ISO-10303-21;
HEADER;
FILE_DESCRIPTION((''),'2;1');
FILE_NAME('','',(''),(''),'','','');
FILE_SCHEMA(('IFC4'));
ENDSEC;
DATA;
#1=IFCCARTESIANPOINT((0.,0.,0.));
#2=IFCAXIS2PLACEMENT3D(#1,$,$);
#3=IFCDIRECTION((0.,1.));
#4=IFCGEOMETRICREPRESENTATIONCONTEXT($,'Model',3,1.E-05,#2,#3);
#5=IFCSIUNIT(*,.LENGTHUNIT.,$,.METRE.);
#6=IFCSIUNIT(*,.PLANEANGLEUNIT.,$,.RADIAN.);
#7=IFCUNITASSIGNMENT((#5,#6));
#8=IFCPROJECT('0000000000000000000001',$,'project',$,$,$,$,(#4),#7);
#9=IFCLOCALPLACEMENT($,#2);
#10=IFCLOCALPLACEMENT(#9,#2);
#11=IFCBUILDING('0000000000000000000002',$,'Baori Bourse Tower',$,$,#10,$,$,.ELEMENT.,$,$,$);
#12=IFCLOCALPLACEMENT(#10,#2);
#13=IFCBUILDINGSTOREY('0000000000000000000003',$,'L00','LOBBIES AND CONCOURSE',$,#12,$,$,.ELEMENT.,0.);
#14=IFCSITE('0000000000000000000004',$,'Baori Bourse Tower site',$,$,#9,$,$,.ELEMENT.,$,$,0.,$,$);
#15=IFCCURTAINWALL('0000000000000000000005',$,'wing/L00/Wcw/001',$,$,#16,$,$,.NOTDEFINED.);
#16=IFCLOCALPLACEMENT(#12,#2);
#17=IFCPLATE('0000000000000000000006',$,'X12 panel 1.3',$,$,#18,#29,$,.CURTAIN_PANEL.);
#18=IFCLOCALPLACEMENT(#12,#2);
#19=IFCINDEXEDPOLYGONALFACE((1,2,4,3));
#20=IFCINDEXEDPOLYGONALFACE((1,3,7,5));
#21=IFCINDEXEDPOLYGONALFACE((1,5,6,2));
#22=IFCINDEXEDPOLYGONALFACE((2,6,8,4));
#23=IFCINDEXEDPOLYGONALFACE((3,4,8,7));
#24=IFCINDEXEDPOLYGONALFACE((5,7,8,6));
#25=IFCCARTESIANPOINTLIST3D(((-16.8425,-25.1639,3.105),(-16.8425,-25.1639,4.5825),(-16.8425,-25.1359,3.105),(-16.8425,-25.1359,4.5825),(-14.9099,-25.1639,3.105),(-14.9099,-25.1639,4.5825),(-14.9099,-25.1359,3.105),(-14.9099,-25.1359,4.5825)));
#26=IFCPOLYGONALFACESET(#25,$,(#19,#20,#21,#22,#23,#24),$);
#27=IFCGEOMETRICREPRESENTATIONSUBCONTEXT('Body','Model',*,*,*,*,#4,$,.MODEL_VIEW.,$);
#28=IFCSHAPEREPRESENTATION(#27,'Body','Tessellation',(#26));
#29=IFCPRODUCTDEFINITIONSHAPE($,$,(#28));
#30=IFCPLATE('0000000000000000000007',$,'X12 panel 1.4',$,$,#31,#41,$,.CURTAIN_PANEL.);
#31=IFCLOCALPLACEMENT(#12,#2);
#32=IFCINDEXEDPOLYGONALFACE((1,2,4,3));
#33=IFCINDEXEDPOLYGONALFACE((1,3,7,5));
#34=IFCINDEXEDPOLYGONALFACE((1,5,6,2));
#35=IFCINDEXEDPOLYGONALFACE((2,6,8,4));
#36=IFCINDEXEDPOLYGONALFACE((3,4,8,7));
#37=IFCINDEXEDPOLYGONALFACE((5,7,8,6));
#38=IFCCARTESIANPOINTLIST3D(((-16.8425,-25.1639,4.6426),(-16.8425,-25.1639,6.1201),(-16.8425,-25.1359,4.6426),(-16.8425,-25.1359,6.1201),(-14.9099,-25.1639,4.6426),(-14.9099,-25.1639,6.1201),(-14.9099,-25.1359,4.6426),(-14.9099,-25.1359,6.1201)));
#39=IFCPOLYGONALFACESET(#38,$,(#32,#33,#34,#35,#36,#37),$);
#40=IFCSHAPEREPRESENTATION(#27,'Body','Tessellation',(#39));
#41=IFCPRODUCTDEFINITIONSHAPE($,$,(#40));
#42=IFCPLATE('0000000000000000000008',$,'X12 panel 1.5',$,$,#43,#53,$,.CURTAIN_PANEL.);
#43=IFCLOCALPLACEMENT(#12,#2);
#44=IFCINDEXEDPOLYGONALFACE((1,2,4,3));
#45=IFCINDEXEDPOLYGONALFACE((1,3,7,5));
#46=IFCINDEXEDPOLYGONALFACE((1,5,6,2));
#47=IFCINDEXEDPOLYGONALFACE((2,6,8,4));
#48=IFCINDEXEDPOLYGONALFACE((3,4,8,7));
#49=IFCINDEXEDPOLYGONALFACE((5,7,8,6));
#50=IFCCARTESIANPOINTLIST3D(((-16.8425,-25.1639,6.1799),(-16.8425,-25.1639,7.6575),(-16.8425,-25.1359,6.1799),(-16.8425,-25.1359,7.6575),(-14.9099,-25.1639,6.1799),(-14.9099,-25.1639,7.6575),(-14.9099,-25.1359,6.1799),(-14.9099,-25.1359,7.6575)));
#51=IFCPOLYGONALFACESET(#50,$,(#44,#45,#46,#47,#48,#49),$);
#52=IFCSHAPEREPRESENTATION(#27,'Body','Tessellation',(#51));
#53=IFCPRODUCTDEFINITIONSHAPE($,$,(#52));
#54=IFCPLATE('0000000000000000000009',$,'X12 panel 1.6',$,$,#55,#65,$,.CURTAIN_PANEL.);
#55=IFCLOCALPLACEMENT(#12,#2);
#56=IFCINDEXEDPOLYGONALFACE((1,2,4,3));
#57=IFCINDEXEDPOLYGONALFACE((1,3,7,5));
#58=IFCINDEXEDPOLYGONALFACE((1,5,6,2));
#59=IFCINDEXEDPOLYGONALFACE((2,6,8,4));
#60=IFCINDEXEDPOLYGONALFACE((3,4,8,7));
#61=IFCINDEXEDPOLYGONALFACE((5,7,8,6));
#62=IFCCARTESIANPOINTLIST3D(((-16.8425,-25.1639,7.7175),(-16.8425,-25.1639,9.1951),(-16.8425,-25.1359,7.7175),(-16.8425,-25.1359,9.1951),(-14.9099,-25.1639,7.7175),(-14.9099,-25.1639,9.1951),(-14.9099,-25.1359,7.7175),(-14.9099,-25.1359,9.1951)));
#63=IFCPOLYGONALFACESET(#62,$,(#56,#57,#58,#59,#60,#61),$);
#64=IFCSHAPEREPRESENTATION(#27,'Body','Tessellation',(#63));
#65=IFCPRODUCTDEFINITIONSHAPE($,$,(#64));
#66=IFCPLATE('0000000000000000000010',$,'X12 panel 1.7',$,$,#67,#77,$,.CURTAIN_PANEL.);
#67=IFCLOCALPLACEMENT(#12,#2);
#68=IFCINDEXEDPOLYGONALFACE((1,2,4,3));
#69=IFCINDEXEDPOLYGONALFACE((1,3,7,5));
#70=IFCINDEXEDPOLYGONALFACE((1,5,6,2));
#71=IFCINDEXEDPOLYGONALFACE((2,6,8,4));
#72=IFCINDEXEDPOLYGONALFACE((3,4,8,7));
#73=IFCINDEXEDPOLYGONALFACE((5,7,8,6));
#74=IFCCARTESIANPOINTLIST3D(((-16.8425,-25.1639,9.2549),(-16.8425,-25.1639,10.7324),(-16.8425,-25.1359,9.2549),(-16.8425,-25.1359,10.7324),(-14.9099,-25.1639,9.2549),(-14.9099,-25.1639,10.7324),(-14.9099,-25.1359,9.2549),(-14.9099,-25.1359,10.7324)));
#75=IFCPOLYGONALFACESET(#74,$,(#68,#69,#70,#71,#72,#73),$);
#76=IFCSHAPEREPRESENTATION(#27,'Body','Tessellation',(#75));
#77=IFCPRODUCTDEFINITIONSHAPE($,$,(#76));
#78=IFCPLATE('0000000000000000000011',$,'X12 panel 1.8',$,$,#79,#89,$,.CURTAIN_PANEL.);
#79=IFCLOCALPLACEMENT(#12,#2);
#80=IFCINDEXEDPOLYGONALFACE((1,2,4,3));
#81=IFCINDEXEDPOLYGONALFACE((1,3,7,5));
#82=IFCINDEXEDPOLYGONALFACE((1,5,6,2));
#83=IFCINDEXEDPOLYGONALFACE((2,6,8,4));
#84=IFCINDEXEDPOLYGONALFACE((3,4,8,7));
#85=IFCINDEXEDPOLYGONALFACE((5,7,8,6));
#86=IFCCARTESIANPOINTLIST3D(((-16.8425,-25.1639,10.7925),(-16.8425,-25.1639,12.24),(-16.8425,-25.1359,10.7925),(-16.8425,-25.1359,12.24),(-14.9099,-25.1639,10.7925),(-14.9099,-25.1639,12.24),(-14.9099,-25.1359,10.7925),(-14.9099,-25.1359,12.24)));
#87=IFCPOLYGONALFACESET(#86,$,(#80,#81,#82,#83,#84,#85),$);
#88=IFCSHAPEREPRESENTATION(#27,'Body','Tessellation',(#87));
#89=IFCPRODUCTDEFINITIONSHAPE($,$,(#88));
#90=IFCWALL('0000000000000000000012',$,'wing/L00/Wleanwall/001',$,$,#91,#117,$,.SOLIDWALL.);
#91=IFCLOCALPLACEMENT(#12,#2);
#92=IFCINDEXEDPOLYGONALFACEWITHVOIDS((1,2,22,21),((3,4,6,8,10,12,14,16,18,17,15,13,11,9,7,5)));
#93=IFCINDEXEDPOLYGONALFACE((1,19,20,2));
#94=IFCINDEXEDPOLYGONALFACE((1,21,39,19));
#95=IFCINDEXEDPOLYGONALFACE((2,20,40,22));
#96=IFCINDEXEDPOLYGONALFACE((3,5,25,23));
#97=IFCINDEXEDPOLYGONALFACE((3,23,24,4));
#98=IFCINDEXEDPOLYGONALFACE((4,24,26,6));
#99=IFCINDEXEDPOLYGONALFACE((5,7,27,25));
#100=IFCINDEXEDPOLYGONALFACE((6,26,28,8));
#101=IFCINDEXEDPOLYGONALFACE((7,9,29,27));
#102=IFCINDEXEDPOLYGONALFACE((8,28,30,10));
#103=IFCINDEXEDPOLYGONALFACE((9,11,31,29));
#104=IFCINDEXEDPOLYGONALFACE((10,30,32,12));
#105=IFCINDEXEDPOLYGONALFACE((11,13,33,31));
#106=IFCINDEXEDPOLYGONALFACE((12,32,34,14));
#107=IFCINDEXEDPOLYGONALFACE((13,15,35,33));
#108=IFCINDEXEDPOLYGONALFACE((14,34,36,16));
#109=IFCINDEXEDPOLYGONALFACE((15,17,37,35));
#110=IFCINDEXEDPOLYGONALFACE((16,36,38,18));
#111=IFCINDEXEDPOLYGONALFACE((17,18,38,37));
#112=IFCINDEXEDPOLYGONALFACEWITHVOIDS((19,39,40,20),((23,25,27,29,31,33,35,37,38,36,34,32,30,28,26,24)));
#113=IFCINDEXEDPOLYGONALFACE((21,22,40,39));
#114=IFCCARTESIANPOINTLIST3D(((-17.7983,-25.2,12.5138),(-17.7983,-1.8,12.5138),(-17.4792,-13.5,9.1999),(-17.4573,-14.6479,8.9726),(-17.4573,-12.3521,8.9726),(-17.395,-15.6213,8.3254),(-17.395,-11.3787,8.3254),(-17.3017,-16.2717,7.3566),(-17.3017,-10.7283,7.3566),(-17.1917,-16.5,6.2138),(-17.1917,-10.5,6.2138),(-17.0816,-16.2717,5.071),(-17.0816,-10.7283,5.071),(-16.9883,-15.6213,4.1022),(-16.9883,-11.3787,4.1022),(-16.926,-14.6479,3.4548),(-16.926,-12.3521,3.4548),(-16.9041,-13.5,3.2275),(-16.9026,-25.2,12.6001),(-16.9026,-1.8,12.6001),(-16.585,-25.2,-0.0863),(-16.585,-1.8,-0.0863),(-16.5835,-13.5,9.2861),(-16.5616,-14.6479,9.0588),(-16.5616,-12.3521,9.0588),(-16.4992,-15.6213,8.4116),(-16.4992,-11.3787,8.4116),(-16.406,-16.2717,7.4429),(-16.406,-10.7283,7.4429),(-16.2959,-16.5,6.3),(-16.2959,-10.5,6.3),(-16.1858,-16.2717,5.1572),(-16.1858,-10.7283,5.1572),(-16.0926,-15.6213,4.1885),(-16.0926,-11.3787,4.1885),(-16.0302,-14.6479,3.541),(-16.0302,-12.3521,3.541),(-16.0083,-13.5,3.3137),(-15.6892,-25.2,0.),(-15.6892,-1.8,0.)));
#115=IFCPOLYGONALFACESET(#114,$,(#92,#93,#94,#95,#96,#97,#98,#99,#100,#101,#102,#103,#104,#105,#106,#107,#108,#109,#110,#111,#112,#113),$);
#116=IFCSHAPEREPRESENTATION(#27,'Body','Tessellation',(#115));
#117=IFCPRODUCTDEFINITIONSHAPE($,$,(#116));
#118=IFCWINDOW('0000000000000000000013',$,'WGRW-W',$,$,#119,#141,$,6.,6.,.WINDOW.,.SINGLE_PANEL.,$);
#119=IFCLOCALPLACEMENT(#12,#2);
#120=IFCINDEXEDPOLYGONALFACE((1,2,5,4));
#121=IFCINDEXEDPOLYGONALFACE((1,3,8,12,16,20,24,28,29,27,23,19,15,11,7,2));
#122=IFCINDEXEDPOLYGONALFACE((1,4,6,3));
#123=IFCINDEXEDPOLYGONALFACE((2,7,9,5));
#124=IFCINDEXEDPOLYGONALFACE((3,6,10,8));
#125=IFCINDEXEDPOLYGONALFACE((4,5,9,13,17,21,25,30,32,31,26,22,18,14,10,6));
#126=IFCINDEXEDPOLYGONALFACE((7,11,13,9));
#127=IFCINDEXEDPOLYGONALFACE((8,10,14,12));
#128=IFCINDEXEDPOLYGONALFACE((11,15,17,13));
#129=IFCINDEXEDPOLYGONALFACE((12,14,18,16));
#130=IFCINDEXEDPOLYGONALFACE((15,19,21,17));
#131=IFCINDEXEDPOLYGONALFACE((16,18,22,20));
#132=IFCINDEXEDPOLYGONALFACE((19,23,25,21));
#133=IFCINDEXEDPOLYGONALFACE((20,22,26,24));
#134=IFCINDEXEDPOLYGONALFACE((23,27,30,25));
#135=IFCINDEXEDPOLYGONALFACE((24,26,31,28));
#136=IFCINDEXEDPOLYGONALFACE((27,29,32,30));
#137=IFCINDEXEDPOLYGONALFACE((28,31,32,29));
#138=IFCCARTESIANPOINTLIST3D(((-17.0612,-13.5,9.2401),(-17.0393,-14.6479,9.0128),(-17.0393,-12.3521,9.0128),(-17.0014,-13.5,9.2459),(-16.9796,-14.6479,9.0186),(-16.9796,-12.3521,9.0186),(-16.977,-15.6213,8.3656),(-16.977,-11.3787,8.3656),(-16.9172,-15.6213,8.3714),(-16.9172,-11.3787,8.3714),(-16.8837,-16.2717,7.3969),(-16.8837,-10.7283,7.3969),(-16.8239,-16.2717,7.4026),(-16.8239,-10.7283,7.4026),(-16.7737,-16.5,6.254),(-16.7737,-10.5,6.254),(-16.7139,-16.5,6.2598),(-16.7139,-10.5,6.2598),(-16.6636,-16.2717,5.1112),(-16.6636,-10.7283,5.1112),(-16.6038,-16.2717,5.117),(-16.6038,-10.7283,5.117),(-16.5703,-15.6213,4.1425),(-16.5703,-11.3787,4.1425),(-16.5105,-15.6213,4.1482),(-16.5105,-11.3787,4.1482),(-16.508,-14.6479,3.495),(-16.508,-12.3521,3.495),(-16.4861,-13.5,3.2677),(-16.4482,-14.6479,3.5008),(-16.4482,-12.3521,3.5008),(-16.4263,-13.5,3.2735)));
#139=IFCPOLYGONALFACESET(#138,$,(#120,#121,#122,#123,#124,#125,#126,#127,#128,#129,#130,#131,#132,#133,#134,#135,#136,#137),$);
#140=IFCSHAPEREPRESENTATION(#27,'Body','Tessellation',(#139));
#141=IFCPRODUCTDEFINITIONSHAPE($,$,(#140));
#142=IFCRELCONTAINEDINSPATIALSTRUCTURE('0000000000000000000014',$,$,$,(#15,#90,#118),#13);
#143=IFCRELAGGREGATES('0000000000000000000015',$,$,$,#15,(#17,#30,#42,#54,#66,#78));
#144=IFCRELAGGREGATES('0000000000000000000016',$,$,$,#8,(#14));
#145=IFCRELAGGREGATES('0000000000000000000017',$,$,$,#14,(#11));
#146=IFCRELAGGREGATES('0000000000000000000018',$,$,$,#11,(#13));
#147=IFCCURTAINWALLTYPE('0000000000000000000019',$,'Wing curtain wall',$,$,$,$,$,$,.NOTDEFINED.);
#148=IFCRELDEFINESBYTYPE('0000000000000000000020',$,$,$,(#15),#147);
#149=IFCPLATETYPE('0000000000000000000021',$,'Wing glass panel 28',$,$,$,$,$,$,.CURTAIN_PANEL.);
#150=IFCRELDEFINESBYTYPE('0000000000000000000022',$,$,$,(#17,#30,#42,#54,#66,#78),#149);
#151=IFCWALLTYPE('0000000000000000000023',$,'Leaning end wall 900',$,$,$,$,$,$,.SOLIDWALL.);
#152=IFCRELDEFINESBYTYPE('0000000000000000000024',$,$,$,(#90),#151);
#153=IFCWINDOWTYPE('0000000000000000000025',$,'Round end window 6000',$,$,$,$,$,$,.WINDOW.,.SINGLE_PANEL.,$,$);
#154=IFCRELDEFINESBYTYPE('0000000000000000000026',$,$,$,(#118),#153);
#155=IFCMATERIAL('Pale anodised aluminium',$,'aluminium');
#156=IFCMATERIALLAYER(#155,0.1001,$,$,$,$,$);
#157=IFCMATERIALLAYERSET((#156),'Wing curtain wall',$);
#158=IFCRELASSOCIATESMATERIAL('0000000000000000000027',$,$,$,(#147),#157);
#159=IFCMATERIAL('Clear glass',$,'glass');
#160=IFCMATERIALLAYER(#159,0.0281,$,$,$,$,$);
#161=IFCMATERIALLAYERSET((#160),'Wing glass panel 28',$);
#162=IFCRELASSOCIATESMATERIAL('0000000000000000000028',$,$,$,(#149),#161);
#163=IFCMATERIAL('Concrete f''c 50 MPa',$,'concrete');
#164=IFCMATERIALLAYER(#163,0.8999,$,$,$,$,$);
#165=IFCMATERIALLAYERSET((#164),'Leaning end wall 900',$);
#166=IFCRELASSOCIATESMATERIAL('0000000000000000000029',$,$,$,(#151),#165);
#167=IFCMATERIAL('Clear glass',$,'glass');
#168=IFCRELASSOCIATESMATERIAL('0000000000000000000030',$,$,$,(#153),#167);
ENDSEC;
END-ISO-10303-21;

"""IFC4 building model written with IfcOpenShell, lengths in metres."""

from ifc_helpers import new_model, si_unit, direction, frame, origin, origin_2d, place, context, subcontext, project, spatial, polyline, rectangle, outline, extrude, material, layer, layer_set, type_object, element, fill, aggregate, save


model = new_model("IFC4")

# Units and contexts
model_context = context("Model", 3, precision=1e-05, world=origin(), true_north=direction((0.0, 1.0)))
body_context = subcontext(model_context, "Body", "Model", "MODEL_VIEW")
ifc_project = project(units=[si_unit("LENGTHUNIT", "METRE"), si_unit("PLANEANGLEUNIT", "RADIAN")], contexts=[model_context])

# Site, building, storey
site_placement = place(None, origin())
site = spatial("IfcSite", under=ifc_project, at=site_placement, Name="Baori Bourse Tower site", CompositionType="ELEMENT", RefElevation=0.0)
building_placement = place(site_placement, origin())
building = spatial("IfcBuilding", under=site, at=building_placement, Name="Baori Bourse Tower", CompositionType="ELEMENT")
storey_placement = place(building_placement, origin())
storey = spatial("IfcBuildingStorey", under=building, at=storey_placement, Name="L00", Description="LOBBIES AND CONCOURSE", CompositionType="ELEMENT", Elevation=0.0)

# Curtain wall
ifc_material_1 = material(Name="Pale anodised aluminium", Category="aluminium")
ifc_layer_1 = layer(ifc_material_1, 0.1001)
ifc_layer_set_1 = layer_set([ifc_layer_1], Name="Wing curtain wall")
curtain_wall_type = type_object("IfcCurtainWallType", Name="Wing curtain wall", PredefinedType="NOTDEFINED", material=ifc_layer_set_1)
curtain_wall_1_placement = place(storey_placement, origin())
curtain_wall_1 = element("IfcCurtainWall", 1, at=curtain_wall_1_placement, inside=storey, type_object=curtain_wall_type, Name="wing/L00/Wcw/001", PredefinedType="NOTDEFINED")

# Plates
ifc_material_2 = material(Name="Clear glass", Category="glass")
ifc_layer_2 = layer(ifc_material_2, 0.0281)
ifc_layer_set_2 = layer_set([ifc_layer_2], Name="Wing glass panel 28")
plate_type = type_object("IfcPlateType", Name="Wing glass panel 28", PredefinedType="CURTAIN_PANEL", material=ifc_layer_set_2)
plate_1_placement = place(storey_placement, frame((-15.8762, -25.1499, 3.105), z_axis=(0.0, 0.0, 1.0), x_axis=(1.0, 0.0, 0.0)))
plate_1 = element("IfcPlate", 2, at=plate_1_placement, type_object=plate_type, Name="X12 panel 1.3", PredefinedType="CURTAIN_PANEL", context=body_context, shape_type="SweptSolid", body=[
    extrude(rectangle(XDim=1.9326, YDim=0.0281, at=origin_2d()), origin(), (0.0, 0.0, 1.0), 1.4775),
])
plate_2_placement = place(storey_placement, frame((-15.8762, -25.1499, 4.6426), z_axis=(0.0, 0.0, 1.0), x_axis=(1.0, 0.0, 0.0)))
plate_2 = element("IfcPlate", 3, at=plate_2_placement, type_object=plate_type, Name="X12 panel 1.4", PredefinedType="CURTAIN_PANEL", context=body_context, shape_type="SweptSolid", body=[
    extrude(rectangle(XDim=1.9326, YDim=0.0281, at=origin_2d()), origin(), (0.0, 0.0, 1.0), 1.4775),
])
plate_3_placement = place(storey_placement, frame((-15.8762, -25.1499, 6.1799), z_axis=(0.0, 0.0, 1.0), x_axis=(1.0, 0.0, 0.0)))
plate_3 = element("IfcPlate", 4, at=plate_3_placement, type_object=plate_type, Name="X12 panel 1.5", PredefinedType="CURTAIN_PANEL", context=body_context, shape_type="SweptSolid", body=[
    extrude(rectangle(XDim=1.9326, YDim=0.0281, at=origin_2d()), origin(), (0.0, 0.0, 1.0), 1.4775),
])
plate_4_placement = place(storey_placement, frame((-15.8762, -25.1499, 7.7175), z_axis=(0.0, 0.0, 1.0), x_axis=(1.0, 0.0, 0.0)))
plate_4 = element("IfcPlate", 5, at=plate_4_placement, type_object=plate_type, Name="X12 panel 1.6", PredefinedType="CURTAIN_PANEL", context=body_context, shape_type="SweptSolid", body=[
    extrude(rectangle(XDim=1.9326, YDim=0.0281, at=origin_2d()), origin(), (0.0, 0.0, 1.0), 1.4775),
])
plate_5_placement = place(storey_placement, frame((-15.8762, -25.1499, 9.2549), z_axis=(0.0, 0.0, 1.0), x_axis=(1.0, 0.0, 0.0)))
plate_5 = element("IfcPlate", 6, at=plate_5_placement, type_object=plate_type, Name="X12 panel 1.7", PredefinedType="CURTAIN_PANEL", context=body_context, shape_type="SweptSolid", body=[
    extrude(rectangle(XDim=1.9326, YDim=0.0281, at=origin_2d()), origin(), (0.0, 0.0, 1.0), 1.4775),
])
plate_6_placement = place(storey_placement, frame((-15.8762, -25.1499, 10.7925), z_axis=(0.0, 0.0, 1.0), x_axis=(1.0, 0.0, 0.0)))
plate_6 = element("IfcPlate", 7, at=plate_6_placement, type_object=plate_type, Name="X12 panel 1.8", PredefinedType="CURTAIN_PANEL", context=body_context, shape_type="SweptSolid", body=[
    extrude(rectangle(XDim=1.9326, YDim=0.0281, at=origin_2d()), origin(), (0.0, 0.0, 1.0), 1.4475),
])
aggregate(curtain_wall_1, [plate_1, plate_2, plate_3, plate_4, plate_5, plate_6])

# Wall, opening, window
ifc_material_3 = material(Name="Concrete f'c 50 MPa", Category="concrete")
ifc_layer_3 = layer(ifc_material_3, 0.8999)
ifc_layer_set_3 = layer_set([ifc_layer_3], Name="Leaning end wall 900")
wall_type = type_object("IfcWallType", Name="Leaning end wall 900", PredefinedType="SOLIDWALL", material=ifc_layer_set_3)
wall_placement = place(storey_placement, frame((-15.6892, -25.2, 0.0), z_axis=(0.995395, 0.0, 0.095856), x_axis=(0.0, 1.0, 0.0)))
wall = element("IfcWall", 8, at=wall_placement, inside=storey, type_object=wall_type, Name="wing/L00/Wleanwall/001", PredefinedType="SOLIDWALL", context=body_context, shape_type="SweptSolid", body=[
    extrude(outline(polyline([(0.0, 0.0), (23.3999, 0.0), (23.3999, 12.6584), (0.0, 12.6584), (0.0, 0.0)])), origin(), (0.0, 0.0, -1.0), 0.8999),
])
opening_placement = place(wall_placement, frame((0.0, 0.0, 0.01)))
opening = element("IfcOpeningElement", 9, at=opening_placement, cuts=wall, PredefinedType="OPENING", context=body_context, shape_type="SweptSolid", body=[
    extrude(outline(polyline([(14.7, 6.3292), (14.4717, 7.4773), (13.8213, 8.4505), (12.8479, 9.1007), (11.7, 9.3291), (10.552, 9.1007), (9.5786, 8.4505), (8.9282, 7.4773), (8.7, 6.3292), (8.9282, 5.1811), (9.5786, 4.2079), (10.552, 3.5574), (11.7, 3.329), (12.8479, 3.5574), (13.8213, 4.2079), (14.4717, 5.1811), (14.7, 6.3292)])), origin(), (0.0, 0.0, -1.0), 0.9199),
])
ifc_material_4 = material(Name="Clear glass", Category="glass")
window_type = type_object("IfcWindowType", Name="Round end window 6000", PartitioningType="SINGLE_PANEL", PredefinedType="WINDOW", material=ifc_material_4)
window_placement = place(opening_placement, frame((0.0, 0.0, -0.4299)))
window = element("IfcWindow", 10, at=window_placement, inside=storey, type_object=window_type, Name="WGRW-W", OverallHeight=6.0, OverallWidth=6.0, PartitioningType="SINGLE_PANEL", PredefinedType="WINDOW", context=body_context, shape_type="SweptSolid", body=[
    extrude(outline(polyline([(14.7, 6.3292), (14.4717, 7.4773), (13.8213, 8.4505), (12.8479, 9.1007), (11.7, 9.3291), (10.552, 9.1007), (9.5786, 8.4505), (8.9282, 7.4773), (8.7, 6.3292), (8.9282, 5.1811), (9.5786, 4.2079), (10.552, 3.5574), (11.7, 3.329), (12.8479, 3.5574), (13.8213, 4.2079), (14.4717, 5.1811), (14.7, 6.3292)])), origin(), (0.0, 0.0, -1.0), 0.0601),
])
fill(opening, window)

save(model, "model.ifc")
